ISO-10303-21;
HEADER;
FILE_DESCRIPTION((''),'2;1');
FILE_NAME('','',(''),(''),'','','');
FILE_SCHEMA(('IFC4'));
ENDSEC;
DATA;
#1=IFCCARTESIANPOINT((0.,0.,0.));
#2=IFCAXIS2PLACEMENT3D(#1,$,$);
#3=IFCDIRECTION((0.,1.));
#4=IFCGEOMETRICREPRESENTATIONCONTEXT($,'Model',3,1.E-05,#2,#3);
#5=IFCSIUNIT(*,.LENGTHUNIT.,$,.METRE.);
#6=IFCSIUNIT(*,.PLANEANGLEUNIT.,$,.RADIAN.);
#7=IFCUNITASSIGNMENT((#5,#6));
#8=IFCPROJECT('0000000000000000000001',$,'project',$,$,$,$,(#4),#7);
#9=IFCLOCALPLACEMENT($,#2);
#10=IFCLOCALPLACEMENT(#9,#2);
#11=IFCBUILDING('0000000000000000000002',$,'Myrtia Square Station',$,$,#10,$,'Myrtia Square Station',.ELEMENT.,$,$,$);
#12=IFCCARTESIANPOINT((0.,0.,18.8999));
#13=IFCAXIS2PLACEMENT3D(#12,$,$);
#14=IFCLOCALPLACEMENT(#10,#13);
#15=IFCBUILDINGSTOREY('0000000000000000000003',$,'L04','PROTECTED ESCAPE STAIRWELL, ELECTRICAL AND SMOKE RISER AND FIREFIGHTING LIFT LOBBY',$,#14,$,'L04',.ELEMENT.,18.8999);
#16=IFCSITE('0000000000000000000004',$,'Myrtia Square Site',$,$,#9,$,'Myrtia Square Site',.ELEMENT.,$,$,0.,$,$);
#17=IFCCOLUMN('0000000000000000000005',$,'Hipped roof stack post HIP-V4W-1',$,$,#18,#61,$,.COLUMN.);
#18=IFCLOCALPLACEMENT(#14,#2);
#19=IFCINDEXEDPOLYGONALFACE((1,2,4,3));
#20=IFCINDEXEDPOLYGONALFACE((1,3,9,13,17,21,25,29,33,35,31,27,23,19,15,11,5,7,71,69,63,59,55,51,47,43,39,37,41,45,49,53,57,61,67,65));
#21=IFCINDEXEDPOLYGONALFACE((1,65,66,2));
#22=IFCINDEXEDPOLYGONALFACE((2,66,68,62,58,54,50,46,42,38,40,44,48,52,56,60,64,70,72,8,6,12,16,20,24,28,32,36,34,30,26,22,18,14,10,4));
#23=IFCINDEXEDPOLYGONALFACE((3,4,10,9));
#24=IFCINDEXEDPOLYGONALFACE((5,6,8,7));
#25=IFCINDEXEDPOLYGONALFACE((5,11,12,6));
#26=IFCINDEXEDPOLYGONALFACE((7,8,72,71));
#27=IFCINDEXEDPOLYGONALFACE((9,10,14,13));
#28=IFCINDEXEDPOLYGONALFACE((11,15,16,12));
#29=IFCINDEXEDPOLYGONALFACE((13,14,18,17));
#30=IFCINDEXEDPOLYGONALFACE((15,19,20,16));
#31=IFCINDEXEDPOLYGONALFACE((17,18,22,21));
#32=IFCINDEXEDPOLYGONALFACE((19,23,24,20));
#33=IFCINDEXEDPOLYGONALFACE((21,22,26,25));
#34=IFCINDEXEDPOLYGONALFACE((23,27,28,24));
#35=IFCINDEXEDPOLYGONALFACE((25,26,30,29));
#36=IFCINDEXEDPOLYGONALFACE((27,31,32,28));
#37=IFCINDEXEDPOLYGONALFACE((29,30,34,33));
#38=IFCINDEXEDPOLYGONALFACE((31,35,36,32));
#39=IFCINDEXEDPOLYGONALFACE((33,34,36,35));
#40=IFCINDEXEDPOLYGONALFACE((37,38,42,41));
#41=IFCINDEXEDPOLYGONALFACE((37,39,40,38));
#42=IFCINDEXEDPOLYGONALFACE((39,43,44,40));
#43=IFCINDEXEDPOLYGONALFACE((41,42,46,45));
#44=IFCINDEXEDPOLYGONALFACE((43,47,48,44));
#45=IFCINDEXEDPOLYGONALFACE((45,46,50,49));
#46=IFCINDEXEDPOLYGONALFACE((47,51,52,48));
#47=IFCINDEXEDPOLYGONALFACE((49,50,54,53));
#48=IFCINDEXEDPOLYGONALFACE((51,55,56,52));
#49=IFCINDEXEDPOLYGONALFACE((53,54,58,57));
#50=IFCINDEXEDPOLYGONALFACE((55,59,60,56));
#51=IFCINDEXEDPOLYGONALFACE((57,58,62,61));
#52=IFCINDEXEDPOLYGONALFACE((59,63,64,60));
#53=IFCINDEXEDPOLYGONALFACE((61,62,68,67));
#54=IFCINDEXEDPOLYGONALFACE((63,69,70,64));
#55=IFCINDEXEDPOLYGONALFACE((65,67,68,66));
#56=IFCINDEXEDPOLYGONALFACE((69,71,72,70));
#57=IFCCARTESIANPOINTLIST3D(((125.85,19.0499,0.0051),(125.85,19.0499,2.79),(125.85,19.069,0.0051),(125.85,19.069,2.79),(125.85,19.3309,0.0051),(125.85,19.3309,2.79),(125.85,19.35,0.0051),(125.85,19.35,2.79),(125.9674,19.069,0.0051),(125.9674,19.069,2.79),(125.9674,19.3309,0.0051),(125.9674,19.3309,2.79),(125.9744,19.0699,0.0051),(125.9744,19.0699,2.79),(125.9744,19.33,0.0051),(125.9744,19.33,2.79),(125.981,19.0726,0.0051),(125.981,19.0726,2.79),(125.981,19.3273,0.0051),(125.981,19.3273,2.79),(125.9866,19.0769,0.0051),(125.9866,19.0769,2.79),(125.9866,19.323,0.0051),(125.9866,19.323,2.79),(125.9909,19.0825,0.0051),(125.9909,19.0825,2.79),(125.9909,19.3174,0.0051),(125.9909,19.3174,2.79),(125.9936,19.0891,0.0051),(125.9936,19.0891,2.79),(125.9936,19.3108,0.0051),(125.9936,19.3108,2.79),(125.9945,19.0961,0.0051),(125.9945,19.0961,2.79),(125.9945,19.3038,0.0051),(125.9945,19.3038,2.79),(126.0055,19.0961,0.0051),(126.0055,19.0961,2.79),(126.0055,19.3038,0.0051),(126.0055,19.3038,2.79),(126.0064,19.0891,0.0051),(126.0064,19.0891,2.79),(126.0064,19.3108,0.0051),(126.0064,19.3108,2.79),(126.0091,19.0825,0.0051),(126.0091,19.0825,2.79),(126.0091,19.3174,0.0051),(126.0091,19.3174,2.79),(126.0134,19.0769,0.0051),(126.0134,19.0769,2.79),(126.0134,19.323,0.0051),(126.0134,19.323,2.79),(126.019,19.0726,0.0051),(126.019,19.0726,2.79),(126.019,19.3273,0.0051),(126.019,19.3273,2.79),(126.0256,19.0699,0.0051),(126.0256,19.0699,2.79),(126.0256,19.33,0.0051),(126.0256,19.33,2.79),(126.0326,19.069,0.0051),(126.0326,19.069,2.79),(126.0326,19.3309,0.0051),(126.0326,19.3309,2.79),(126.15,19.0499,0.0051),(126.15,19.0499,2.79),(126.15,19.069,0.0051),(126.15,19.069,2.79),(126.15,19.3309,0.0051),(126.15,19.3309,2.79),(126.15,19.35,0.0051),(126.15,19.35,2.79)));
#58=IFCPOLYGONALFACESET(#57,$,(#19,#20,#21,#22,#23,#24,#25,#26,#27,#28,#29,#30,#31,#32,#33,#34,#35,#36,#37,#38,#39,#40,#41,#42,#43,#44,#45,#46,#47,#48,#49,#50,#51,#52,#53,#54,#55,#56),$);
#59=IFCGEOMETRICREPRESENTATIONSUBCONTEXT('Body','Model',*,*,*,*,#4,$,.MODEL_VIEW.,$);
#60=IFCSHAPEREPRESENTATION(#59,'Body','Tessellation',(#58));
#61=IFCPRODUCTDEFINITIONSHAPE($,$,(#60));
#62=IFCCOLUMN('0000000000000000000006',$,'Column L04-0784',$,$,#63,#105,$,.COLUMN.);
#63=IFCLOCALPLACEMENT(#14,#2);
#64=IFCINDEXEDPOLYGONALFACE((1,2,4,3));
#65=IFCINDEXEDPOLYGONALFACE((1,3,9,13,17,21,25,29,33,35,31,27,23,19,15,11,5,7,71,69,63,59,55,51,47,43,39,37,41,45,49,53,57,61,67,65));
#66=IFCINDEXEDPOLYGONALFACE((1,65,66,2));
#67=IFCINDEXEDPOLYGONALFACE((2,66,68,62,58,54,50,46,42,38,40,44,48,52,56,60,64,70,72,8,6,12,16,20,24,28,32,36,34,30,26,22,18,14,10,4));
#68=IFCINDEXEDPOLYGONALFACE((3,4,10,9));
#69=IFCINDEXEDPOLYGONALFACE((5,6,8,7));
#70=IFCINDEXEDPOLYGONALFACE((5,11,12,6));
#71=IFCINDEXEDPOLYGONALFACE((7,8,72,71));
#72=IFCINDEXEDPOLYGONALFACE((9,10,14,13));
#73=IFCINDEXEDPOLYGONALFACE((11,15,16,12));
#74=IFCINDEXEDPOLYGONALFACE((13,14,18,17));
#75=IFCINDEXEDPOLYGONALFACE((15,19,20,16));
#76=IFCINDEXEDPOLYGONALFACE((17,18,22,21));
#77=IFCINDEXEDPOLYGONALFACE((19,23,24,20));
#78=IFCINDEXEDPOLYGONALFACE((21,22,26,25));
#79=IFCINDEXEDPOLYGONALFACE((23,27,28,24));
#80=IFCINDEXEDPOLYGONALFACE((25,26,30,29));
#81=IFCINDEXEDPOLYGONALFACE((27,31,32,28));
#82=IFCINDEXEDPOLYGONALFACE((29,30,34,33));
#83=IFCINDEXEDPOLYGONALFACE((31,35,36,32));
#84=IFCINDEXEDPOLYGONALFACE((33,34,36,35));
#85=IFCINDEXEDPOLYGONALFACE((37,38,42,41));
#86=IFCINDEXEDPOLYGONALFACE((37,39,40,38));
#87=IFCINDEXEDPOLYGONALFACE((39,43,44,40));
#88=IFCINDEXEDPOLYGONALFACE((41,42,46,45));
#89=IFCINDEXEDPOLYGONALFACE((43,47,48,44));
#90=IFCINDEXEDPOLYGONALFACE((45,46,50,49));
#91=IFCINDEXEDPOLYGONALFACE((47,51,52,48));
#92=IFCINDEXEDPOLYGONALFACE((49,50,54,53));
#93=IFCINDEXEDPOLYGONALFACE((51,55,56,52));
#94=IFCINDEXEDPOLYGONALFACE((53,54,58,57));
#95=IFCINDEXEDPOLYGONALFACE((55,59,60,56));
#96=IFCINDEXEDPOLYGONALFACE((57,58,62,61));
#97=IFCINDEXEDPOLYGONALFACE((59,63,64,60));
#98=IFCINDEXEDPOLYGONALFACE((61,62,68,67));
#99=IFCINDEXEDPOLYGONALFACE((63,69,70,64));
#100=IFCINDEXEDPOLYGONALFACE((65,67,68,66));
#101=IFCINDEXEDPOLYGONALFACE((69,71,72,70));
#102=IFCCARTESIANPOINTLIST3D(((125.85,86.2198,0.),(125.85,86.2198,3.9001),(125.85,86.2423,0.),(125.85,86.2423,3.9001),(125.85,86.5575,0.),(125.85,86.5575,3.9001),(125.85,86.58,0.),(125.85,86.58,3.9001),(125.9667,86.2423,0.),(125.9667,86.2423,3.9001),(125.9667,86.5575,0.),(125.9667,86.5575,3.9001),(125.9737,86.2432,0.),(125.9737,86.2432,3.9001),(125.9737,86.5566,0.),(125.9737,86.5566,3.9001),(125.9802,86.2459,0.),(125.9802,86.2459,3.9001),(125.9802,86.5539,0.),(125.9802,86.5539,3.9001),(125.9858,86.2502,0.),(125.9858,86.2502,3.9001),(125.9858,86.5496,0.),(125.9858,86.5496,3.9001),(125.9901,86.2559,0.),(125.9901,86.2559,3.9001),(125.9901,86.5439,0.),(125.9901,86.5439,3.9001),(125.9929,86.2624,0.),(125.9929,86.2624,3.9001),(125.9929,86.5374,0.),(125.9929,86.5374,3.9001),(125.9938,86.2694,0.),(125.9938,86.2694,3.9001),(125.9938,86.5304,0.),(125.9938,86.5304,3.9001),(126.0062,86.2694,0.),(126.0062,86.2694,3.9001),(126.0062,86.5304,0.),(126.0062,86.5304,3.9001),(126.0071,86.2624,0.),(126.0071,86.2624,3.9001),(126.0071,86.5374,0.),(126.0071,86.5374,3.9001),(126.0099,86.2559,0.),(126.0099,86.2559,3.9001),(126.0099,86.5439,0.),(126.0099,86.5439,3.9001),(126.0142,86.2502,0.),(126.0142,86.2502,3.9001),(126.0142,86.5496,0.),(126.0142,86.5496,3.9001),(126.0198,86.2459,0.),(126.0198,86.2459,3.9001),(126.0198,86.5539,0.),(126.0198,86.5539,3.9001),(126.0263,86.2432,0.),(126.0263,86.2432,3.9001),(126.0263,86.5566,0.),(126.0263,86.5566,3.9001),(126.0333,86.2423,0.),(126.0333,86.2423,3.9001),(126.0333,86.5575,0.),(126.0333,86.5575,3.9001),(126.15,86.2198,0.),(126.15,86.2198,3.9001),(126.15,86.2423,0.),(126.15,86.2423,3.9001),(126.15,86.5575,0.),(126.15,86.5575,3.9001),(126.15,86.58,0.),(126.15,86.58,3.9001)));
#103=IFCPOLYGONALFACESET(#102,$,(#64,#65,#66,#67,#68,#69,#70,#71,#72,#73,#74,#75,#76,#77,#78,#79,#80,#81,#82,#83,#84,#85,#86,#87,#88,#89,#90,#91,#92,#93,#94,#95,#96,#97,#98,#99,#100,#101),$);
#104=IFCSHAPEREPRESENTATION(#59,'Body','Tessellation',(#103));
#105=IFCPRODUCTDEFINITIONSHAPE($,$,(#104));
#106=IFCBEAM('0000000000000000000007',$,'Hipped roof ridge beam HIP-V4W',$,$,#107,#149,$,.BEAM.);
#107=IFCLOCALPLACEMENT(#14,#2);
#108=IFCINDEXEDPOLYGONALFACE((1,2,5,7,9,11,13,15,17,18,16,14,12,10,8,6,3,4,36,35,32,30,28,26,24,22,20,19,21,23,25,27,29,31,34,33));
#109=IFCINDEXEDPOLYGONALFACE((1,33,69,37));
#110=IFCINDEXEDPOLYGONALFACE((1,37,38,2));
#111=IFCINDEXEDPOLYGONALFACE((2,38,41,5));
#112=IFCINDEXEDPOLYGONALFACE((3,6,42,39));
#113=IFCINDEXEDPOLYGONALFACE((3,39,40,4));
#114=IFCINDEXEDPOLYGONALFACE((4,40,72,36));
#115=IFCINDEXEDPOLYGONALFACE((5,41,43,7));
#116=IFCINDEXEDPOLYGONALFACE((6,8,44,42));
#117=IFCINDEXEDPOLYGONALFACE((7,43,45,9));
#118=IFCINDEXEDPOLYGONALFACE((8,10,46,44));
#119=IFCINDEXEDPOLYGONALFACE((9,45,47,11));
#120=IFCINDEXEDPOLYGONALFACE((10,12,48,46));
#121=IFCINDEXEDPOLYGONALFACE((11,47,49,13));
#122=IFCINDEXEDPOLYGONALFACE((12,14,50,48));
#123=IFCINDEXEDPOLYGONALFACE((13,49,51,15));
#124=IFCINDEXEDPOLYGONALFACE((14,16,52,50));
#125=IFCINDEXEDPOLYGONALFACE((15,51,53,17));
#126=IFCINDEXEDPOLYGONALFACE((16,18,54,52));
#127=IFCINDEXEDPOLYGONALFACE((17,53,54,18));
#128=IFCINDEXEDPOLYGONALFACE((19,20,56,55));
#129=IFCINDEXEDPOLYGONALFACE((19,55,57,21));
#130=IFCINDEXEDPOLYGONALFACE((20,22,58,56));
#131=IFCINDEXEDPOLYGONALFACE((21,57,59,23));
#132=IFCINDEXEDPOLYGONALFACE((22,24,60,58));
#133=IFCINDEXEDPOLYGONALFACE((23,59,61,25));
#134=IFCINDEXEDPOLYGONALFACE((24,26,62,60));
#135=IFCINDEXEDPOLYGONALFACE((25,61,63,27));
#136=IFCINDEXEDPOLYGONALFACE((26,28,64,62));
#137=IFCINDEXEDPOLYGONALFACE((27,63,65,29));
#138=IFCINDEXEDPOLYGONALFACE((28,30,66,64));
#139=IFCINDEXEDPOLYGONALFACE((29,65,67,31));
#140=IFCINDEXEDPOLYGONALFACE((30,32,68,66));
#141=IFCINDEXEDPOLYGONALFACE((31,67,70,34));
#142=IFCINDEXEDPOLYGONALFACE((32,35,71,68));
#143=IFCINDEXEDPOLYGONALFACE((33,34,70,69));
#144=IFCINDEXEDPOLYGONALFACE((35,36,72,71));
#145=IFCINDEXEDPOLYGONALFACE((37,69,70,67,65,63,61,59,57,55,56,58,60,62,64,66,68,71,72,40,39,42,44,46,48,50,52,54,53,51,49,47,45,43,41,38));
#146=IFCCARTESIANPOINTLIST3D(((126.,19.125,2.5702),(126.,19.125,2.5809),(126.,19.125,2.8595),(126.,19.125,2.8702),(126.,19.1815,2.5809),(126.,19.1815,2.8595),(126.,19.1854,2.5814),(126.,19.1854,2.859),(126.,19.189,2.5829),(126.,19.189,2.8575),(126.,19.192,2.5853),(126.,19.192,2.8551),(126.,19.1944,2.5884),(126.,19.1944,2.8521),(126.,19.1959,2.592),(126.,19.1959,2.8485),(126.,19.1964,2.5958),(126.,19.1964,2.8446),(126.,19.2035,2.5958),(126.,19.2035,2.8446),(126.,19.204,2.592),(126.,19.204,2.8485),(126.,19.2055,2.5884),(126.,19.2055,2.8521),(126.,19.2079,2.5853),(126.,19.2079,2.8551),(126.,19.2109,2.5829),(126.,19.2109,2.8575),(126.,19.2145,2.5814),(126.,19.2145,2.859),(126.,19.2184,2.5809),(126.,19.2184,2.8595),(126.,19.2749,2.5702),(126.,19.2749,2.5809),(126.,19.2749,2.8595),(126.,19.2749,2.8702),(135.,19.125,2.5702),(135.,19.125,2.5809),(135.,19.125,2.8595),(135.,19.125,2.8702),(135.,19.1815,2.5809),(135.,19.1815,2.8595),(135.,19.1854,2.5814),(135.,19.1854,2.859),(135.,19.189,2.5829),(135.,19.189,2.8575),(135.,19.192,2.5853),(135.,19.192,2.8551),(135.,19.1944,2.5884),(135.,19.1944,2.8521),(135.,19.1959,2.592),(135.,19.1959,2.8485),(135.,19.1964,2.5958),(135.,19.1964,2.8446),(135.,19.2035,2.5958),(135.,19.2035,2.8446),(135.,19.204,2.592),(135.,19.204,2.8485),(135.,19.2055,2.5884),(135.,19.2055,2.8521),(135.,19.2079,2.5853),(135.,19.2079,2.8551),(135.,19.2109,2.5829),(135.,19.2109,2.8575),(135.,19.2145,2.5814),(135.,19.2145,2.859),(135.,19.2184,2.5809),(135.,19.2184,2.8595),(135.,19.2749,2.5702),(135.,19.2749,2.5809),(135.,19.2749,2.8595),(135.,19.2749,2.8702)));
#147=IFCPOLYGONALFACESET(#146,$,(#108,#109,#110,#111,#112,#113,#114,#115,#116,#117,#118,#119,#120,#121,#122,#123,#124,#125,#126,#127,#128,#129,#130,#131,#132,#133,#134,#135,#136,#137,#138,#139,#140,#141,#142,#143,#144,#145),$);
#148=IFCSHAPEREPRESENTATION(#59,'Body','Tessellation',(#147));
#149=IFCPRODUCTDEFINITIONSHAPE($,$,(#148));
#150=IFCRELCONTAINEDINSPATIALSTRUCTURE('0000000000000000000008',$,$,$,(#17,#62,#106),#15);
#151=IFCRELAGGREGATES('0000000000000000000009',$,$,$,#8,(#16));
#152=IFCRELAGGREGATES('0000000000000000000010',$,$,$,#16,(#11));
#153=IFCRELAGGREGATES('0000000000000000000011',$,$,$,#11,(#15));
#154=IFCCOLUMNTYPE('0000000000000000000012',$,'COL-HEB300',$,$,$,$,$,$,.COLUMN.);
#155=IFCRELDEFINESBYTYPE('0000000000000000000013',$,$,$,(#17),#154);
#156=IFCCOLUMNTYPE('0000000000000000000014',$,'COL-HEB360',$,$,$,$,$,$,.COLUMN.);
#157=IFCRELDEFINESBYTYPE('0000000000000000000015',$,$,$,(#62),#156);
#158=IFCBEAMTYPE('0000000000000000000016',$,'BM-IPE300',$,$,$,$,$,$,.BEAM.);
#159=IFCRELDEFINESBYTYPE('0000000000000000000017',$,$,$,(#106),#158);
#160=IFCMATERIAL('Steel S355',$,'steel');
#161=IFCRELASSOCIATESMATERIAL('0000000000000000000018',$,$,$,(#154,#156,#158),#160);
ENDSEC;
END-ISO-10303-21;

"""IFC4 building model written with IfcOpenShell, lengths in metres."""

from ifc_helpers import new_model, si_unit, direction, frame, origin, origin_2d, place, context, subcontext, project, spatial, i_section, extrude, material, material_profile, profile_set, type_object, element, save


model = new_model("IFC4")

# Units and contexts
model_context = context("Model", 3, precision=1e-05, world=origin(), true_north=direction((0.0, 1.0)))
body_context = subcontext(model_context, "Body", "Model", "MODEL_VIEW")
ifc_project = project(units=[si_unit("LENGTHUNIT", "METRE"), si_unit("PLANEANGLEUNIT", "RADIAN")], contexts=[model_context])

# Site, building, storey
site_placement = place(None, origin())
site = spatial("IfcSite", under=ifc_project, at=site_placement, Name="Myrtia Square Site", LongName="Myrtia Square Site", CompositionType="ELEMENT", RefElevation=0.0)
building_placement = place(site_placement, origin())
building = spatial("IfcBuilding", under=site, at=building_placement, Name="Myrtia Square Station", LongName="Myrtia Square Station", CompositionType="ELEMENT")
storey_placement = place(building_placement, frame((0.0, 0.0, 18.8999)))
storey = spatial("IfcBuildingStorey", under=building, at=storey_placement, Name="L04", Description="PROTECTED ESCAPE STAIRWELL, ELECTRICAL AND SMOKE RISER AND FIREFIGHTING LIFT LOBBY", LongName="L04", CompositionType="ELEMENT", Elevation=18.8999)

# Columns
ifc_material_1 = material(Name="Steel S355", Category="steel")
ifc_material_profile_1 = material_profile(ifc_material_1, i_section(OverallWidth=0.3, OverallDepth=0.3, WebThickness=0.011, FlangeThickness=0.019, FilletRadius=0.0271, at=origin_2d()), Name="HEB 300")
ifc_profile_set_1 = profile_set([ifc_material_profile_1], Name="Steel S355")
column_type_1 = type_object("IfcColumnType", Name="COL-HEB300", PredefinedType="COLUMN", material=ifc_profile_set_1)
column_1_placement = place(storey_placement, frame((126.0, 19.2, 0.0051), z_axis=(0.0, 0.0, 1.0), x_axis=(1.0, 0.0, 0.0)))
element("IfcColumn", 1, at=column_1_placement, inside=storey, type_object=column_type_1, Name="Hipped roof stack post HIP-V4W-1", PredefinedType="COLUMN", context=body_context, shape_type="SweptSolid", body=[
    extrude(i_section(OverallWidth=0.3, OverallDepth=0.3, WebThickness=0.011, FlangeThickness=0.019, FilletRadius=0.0271, at=origin_2d()), origin(), (0.0, 0.0, 1.0), 2.7849),
])
ifc_material_profile_2 = material_profile(ifc_material_1, i_section(OverallWidth=0.3, OverallDepth=0.3601, WebThickness=0.0125, FlangeThickness=0.0225, FilletRadius=0.0271, at=origin_2d()), Name="HEB 360")
ifc_profile_set_2 = profile_set([ifc_material_profile_2], Name="Steel S355")
column_type_2 = type_object("IfcColumnType", Name="COL-HEB360", PredefinedType="COLUMN", material=ifc_profile_set_2)
column_2_placement = place(storey_placement, frame((126.0, 86.3999, 0.0), z_axis=(0.0, 0.0, 1.0), x_axis=(1.0, 0.0, 0.0)))
element("IfcColumn", 2, at=column_2_placement, inside=storey, type_object=column_type_2, Name="Column L04-0784", PredefinedType="COLUMN", context=body_context, shape_type="SweptSolid", body=[
    extrude(i_section(OverallWidth=0.3, OverallDepth=0.3601, WebThickness=0.0125, FlangeThickness=0.0225, FilletRadius=0.0271, at=origin_2d()), origin(), (0.0, 0.0, 1.0), 3.9001),
])

# Beam
ifc_material_profile_3 = material_profile(ifc_material_1, i_section(OverallWidth=0.1499, OverallDepth=0.3, WebThickness=0.0071, FlangeThickness=0.0107, FilletRadius=0.0149, at=origin_2d()), Name="IPE 300")
ifc_profile_set_3 = profile_set([ifc_material_profile_3], Name="Steel S355")
beam_type_1 = type_object("IfcBeamType", Name="BM-IPE300", PredefinedType="BEAM", material=ifc_profile_set_3)
beam_1_placement = place(storey_placement, frame((126.0, 19.2, 2.7202), z_axis=(1.0, 0.0, 0.0), x_axis=(0.0, 1.0, 0.0)))
element("IfcBeam", 3, at=beam_1_placement, inside=storey, type_object=beam_type_1, Name="Hipped roof ridge beam HIP-V4W", PredefinedType="BEAM", context=body_context, shape_type="SweptSolid", body=[
    extrude(i_section(OverallWidth=0.1499, OverallDepth=0.3, WebThickness=0.0071, FlangeThickness=0.0107, FilletRadius=0.0149, at=origin_2d()), origin(), (0.0, 0.0, 1.0), 9.0),
])

save(model, "model.ifc")
